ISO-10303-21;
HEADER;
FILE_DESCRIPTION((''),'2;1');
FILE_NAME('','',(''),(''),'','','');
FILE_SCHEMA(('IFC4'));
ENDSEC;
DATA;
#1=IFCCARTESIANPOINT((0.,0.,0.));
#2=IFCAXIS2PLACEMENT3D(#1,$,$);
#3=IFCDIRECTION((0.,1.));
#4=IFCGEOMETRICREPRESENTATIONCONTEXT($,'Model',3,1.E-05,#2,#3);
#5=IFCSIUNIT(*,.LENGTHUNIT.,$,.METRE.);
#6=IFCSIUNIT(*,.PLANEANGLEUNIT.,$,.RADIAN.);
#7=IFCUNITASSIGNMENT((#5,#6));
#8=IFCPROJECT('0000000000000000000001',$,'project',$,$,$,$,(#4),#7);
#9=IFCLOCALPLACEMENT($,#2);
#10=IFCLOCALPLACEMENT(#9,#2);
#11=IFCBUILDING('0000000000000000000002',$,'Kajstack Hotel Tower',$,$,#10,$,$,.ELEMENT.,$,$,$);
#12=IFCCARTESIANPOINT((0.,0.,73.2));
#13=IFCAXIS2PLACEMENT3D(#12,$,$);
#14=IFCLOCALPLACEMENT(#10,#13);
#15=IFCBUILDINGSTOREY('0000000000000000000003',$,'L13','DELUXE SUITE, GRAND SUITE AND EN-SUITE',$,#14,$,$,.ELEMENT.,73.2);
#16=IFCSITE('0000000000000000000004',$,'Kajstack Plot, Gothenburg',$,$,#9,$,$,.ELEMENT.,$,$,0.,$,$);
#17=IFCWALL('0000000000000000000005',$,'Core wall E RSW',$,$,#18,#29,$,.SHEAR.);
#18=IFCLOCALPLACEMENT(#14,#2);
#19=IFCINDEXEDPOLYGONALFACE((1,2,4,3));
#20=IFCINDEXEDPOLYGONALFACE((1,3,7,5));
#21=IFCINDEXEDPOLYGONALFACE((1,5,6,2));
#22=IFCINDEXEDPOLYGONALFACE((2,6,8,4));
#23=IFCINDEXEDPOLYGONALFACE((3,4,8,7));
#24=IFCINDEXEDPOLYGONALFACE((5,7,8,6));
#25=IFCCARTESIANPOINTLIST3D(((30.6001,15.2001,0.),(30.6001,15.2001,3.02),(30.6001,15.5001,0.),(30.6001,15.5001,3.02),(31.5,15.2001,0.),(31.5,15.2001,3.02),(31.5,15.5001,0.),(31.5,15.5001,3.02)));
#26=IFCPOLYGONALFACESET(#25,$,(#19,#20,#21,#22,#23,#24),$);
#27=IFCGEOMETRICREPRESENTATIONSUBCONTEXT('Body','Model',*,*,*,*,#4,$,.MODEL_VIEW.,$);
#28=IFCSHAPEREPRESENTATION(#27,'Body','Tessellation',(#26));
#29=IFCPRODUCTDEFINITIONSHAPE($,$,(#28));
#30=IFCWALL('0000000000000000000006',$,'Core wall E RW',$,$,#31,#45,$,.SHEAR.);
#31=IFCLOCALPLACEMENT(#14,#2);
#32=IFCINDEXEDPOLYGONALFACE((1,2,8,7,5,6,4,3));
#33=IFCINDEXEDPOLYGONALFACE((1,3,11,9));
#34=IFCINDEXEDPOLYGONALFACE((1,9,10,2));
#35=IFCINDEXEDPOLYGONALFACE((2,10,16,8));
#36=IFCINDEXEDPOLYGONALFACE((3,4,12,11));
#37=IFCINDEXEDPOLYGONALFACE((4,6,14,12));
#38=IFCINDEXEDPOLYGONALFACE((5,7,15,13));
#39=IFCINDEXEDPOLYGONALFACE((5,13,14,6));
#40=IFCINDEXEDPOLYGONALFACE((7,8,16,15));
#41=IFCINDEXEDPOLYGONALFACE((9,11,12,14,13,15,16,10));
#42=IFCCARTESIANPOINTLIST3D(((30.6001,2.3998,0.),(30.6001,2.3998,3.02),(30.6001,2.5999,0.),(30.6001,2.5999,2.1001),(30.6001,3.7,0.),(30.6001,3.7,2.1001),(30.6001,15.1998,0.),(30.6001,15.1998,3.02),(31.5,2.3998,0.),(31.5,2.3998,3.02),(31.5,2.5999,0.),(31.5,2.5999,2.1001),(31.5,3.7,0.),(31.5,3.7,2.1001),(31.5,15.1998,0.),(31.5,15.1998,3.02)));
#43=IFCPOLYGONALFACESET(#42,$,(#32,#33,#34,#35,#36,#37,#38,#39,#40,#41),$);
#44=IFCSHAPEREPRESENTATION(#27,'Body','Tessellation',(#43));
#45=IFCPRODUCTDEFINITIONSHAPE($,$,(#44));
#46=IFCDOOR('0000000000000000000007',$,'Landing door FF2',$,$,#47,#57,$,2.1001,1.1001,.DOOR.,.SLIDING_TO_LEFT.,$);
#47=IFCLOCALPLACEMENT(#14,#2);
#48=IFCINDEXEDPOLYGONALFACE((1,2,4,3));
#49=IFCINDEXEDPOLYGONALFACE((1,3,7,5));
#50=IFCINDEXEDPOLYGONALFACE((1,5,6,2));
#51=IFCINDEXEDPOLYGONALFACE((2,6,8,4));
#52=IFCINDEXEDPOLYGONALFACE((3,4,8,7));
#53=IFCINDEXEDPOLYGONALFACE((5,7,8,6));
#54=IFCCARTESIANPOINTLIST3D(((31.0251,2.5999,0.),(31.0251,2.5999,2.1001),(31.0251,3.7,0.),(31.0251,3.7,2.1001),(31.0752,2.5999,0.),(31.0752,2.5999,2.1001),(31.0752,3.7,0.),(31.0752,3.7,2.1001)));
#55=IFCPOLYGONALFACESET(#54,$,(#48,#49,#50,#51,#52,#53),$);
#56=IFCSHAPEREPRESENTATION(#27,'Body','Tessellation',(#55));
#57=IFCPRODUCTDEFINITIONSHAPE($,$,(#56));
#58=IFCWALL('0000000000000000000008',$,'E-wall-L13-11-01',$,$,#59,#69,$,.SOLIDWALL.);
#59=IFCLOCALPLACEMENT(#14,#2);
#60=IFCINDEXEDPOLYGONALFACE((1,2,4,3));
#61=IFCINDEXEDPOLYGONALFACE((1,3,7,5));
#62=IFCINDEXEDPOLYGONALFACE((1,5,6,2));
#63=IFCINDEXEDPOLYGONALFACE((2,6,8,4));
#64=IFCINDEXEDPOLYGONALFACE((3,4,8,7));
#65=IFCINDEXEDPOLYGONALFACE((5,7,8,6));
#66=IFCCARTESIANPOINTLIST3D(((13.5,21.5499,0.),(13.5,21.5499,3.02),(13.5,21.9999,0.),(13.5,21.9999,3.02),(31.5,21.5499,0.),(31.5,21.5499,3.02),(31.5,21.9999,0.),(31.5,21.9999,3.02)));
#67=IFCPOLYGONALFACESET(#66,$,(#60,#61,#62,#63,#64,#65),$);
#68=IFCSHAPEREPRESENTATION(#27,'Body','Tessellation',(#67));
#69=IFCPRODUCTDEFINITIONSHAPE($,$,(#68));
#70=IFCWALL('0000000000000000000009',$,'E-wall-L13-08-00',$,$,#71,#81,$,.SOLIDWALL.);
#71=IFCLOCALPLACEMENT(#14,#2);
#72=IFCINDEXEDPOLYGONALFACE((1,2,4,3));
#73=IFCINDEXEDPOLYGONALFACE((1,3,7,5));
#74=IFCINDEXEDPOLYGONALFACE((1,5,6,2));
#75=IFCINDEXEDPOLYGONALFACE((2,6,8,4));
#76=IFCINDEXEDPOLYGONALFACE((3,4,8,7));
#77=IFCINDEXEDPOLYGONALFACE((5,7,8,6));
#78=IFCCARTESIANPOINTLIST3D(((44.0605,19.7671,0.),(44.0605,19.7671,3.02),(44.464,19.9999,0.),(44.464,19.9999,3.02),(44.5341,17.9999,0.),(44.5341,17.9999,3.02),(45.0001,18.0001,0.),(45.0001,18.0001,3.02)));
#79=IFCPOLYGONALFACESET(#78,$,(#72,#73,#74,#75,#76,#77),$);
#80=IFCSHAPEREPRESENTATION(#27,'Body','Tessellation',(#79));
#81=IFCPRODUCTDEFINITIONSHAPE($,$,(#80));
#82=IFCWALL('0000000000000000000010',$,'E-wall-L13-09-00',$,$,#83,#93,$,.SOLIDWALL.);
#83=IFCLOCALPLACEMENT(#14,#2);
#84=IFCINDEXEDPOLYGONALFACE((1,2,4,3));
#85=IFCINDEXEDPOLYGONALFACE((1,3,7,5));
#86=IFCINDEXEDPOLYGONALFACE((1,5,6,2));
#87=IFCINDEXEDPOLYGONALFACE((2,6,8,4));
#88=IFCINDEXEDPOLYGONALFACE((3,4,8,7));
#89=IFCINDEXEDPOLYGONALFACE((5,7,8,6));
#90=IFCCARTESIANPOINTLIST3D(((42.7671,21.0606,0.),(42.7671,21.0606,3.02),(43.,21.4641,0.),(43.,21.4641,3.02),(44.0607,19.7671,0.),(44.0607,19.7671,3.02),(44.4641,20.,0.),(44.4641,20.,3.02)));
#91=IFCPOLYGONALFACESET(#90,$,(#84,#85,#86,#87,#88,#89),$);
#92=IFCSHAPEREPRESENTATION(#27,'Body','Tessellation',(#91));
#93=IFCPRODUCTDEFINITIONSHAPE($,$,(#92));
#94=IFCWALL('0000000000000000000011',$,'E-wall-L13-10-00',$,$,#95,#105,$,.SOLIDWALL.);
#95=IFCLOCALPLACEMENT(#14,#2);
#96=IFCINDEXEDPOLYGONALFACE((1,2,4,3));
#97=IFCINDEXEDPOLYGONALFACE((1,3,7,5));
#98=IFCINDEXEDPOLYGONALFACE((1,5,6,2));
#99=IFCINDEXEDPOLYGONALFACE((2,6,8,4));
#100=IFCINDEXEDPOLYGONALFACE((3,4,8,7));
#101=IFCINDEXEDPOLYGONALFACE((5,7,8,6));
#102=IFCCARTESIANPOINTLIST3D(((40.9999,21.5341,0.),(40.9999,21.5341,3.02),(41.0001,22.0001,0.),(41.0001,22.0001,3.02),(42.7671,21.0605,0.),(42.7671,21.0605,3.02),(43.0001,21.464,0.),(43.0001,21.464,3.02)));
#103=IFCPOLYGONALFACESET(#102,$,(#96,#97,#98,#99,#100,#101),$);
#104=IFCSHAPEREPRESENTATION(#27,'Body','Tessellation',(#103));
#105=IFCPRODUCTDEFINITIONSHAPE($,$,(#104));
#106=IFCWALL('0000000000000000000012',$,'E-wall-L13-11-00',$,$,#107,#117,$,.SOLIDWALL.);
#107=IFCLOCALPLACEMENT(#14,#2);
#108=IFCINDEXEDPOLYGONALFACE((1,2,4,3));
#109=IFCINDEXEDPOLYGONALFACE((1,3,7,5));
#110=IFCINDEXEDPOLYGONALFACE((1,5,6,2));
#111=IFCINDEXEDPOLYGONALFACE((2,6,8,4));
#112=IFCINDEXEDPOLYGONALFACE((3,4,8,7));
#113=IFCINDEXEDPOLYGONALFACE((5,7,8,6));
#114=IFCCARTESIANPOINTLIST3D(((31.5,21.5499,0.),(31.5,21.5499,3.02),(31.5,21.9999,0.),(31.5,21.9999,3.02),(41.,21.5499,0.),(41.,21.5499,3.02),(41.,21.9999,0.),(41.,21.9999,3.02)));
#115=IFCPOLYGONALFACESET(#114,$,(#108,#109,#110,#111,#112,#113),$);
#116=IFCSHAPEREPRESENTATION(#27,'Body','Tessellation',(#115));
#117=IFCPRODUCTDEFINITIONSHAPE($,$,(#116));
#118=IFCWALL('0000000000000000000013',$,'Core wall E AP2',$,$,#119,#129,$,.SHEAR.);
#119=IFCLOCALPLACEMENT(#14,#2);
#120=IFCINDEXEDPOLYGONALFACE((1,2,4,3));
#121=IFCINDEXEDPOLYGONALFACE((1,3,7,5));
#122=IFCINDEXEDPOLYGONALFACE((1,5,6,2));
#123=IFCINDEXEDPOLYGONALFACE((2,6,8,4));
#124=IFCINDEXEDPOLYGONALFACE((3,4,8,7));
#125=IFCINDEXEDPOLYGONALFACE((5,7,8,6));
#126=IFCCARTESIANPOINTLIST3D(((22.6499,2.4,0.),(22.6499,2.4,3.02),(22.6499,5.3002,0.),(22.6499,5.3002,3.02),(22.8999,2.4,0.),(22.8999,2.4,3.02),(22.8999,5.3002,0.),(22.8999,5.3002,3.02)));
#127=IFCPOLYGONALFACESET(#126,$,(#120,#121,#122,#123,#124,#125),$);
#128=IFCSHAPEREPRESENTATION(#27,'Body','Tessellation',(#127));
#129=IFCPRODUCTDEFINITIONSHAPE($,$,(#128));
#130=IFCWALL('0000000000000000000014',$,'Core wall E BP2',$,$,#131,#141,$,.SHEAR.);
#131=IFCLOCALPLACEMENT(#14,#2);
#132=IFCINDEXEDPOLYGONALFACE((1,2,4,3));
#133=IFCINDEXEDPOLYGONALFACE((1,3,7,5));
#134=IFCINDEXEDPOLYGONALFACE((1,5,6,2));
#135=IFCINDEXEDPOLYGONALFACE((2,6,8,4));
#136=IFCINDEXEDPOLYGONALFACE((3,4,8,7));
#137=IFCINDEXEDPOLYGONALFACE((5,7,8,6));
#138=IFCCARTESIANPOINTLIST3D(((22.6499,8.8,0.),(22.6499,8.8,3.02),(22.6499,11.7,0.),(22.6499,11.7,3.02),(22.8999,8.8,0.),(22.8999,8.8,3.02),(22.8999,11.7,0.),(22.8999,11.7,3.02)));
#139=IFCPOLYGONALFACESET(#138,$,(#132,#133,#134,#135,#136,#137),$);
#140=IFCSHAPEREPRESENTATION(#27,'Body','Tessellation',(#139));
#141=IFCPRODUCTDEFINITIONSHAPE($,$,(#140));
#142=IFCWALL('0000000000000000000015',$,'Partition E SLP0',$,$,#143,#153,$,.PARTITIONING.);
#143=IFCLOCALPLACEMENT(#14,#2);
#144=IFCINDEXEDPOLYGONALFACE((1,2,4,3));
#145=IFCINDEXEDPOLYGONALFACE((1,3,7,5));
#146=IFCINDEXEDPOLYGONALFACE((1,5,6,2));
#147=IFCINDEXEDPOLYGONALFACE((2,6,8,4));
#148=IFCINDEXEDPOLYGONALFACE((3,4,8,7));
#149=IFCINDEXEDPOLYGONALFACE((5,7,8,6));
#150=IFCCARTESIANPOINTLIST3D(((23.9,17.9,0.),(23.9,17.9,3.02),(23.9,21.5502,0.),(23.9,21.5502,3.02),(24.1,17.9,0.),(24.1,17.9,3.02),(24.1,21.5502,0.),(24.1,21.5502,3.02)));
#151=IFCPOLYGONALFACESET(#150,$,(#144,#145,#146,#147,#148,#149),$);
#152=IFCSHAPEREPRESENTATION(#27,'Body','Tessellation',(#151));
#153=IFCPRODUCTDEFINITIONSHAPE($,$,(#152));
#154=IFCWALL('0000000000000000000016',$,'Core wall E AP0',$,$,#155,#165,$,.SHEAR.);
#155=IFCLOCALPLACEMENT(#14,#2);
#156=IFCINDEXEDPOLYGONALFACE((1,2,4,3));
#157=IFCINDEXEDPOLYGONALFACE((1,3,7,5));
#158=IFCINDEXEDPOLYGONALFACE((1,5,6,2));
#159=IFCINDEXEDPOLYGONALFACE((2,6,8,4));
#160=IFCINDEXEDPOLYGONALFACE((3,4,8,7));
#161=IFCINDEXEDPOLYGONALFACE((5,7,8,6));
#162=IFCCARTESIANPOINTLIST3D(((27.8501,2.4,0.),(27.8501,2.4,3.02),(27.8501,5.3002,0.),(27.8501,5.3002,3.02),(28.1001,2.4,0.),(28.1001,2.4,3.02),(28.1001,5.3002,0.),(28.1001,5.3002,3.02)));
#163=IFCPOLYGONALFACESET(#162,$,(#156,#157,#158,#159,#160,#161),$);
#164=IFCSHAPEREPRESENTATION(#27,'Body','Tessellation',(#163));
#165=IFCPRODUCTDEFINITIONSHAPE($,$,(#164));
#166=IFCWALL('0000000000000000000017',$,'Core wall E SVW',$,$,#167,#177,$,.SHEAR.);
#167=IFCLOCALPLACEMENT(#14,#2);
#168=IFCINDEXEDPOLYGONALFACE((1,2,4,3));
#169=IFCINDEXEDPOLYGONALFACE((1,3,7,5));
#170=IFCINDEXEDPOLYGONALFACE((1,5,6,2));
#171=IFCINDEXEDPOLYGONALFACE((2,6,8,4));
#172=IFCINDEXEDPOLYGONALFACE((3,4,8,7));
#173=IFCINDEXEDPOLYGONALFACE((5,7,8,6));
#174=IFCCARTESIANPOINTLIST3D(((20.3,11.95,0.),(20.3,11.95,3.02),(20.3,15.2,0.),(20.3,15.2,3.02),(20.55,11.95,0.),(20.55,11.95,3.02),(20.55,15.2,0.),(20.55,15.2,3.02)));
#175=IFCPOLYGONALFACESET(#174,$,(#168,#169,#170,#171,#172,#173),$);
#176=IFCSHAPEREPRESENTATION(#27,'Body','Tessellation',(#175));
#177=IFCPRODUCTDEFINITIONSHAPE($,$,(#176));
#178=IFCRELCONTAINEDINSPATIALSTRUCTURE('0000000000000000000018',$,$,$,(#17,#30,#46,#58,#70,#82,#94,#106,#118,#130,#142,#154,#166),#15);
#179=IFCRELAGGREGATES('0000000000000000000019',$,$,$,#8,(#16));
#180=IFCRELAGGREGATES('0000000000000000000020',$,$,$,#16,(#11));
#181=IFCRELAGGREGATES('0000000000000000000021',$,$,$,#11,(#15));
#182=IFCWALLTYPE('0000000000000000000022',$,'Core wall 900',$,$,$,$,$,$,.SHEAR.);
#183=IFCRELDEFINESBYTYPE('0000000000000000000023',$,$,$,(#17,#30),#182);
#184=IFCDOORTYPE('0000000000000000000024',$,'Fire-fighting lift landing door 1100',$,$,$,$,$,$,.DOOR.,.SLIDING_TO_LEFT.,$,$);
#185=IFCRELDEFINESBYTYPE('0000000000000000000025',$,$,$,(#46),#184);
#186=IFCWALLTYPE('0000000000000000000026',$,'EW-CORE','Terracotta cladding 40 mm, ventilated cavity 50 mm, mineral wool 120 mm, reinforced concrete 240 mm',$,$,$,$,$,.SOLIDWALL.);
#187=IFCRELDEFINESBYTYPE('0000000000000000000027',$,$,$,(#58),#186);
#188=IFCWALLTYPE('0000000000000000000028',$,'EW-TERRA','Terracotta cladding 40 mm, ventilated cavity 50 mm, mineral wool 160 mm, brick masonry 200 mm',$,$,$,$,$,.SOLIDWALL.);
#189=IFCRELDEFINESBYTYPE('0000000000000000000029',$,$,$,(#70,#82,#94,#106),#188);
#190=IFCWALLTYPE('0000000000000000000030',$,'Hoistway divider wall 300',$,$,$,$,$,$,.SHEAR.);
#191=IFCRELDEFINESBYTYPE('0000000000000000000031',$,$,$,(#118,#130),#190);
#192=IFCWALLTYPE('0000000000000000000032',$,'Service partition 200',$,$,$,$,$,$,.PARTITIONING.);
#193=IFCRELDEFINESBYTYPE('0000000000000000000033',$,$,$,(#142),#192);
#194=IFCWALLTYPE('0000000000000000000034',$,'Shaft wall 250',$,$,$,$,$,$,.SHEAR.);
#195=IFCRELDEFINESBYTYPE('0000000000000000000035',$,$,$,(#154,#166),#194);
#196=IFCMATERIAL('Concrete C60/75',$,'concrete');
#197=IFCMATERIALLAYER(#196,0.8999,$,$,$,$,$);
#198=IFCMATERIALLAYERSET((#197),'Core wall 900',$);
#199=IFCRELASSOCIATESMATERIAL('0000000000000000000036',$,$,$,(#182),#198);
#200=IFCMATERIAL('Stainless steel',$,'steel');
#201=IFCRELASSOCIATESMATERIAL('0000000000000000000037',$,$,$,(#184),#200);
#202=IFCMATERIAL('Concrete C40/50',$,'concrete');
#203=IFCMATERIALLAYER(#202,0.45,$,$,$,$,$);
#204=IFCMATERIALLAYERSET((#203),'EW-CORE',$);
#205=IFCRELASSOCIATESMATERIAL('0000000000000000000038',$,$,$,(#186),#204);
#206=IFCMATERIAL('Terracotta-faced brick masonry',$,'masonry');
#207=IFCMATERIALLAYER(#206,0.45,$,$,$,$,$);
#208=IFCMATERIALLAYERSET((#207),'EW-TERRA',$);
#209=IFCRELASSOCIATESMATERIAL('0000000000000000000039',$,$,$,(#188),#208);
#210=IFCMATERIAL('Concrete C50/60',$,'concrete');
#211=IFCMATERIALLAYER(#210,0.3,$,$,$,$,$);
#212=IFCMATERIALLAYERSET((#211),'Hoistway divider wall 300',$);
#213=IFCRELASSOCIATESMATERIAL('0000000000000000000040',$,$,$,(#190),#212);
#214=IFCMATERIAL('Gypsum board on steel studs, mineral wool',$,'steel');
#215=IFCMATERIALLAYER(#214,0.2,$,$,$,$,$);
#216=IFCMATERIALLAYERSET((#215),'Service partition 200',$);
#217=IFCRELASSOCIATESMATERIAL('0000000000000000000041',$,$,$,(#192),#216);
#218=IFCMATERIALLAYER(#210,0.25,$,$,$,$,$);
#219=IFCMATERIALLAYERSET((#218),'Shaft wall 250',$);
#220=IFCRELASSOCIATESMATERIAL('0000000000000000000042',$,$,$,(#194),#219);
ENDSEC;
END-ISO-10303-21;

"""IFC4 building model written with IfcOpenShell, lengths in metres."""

from ifc_helpers import new_model, si_unit, direction, frame, frame_2d, origin, place, context, subcontext, project, spatial, polyline, rectangle, outline, extrude, material, layer, layer_set, type_object, element, fill, save


model = new_model("IFC4")

# Units and contexts
model_context = context("Model", 3, precision=1e-05, world=origin(), true_north=direction((0.0, 1.0)))
body_context = subcontext(model_context, "Body", "Model", "MODEL_VIEW")
ifc_project = project(units=[si_unit("LENGTHUNIT", "METRE"), si_unit("PLANEANGLEUNIT", "RADIAN")], contexts=[model_context])

# Site, building, storey
site_placement = place(None, origin())
site = spatial("IfcSite", under=ifc_project, at=site_placement, Name="Kajstack Plot, Gothenburg", CompositionType="ELEMENT", RefElevation=0.0)
building_placement = place(site_placement, origin())
building = spatial("IfcBuilding", under=site, at=building_placement, Name="Kajstack Hotel Tower", CompositionType="ELEMENT")
storey_placement = place(building_placement, frame((0.0, 0.0, 73.2)))
storey = spatial("IfcBuildingStorey", under=building, at=storey_placement, Name="L13", Description="DELUXE SUITE, GRAND SUITE AND EN-SUITE", CompositionType="ELEMENT", Elevation=73.2)

# Wall
ifc_material_1 = material(Name="Concrete C60/75", Category="concrete")
ifc_layer_1 = layer(ifc_material_1, 0.8999)
ifc_layer_set_1 = layer_set([ifc_layer_1], Name="Core wall 900")
wall_type_1 = type_object("IfcWallType", Name="Core wall 900", PredefinedType="SHEAR", material=ifc_layer_set_1)
wall_1_placement = place(storey_placement, frame((30.6001, 15.3501, 0.0), z_axis=(0.0, 0.0, 1.0), x_axis=(1.0, 0.0, 0.0)))
element("IfcWall", 1, at=wall_1_placement, inside=storey, type_object=wall_type_1, Name="Core wall E RSW", PredefinedType="SHEAR", context=body_context, shape_type="SweptSolid", body=[
    extrude(rectangle(XDim=0.8999, YDim=0.3, at=frame_2d((0.45, 0.0))), origin(), (0.0, 0.0, 1.0), 3.02),
])

# Wall, opening, door
wall_2_placement = place(storey_placement, frame((31.05, 2.3999, 0.0), z_axis=(0.0, 0.0, 1.0), x_axis=(0.0, 1.0, 0.0)))
wall_2 = element("IfcWall", 2, at=wall_2_placement, inside=storey, type_object=wall_type_1, Name="Core wall E RW", PredefinedType="SHEAR", context=body_context, shape_type="SweptSolid", body=[
    extrude(rectangle(XDim=12.8, YDim=0.8999, at=frame_2d((6.3999, 0.0))), origin(), (0.0, 0.0, 1.0), 3.02),
])
opening_1_placement = place(wall_2_placement, frame((0.2, 0.0, 0.0)))
opening_1 = element("IfcOpeningElement", 3, at=opening_1_placement, cuts=wall_2, PredefinedType="OPENING", context=body_context, shape_type="SweptSolid", body=[
    extrude(rectangle(XDim=1.1001, YDim=2.1001, at=frame_2d((0.55, 1.05))), frame((0.0, 0.46, 0.0), z_axis=(0.0, -1.0, 0.0), x_axis=(1.0, 0.0, 0.0)), (0.0, 0.0, 1.0), 0.9199),
])
ifc_material_2 = material(Name="Stainless steel", Category="steel")
door_type_1 = type_object("IfcDoorType", Name="Fire-fighting lift landing door 1100", OperationType="SLIDING_TO_LEFT", PredefinedType="DOOR", material=ifc_material_2)
door_1_placement = place(opening_1_placement, origin())
door_1 = element("IfcDoor", 4, at=door_1_placement, inside=storey, type_object=door_type_1, Name="Landing door FF2", OperationType="SLIDING_TO_LEFT", OverallHeight=2.1001, OverallWidth=1.1001, PredefinedType="DOOR", context=body_context, shape_type="SweptSolid", body=[
    extrude(rectangle(XDim=1.1001, YDim=2.1001, at=frame_2d((0.55, 1.05))), frame((0.0, 0.0249, 0.0), z_axis=(0.0, -1.0, 0.0), x_axis=(1.0, 0.0, 0.0)), (0.0, 0.0, 1.0), 0.05),
])
fill(opening_1, door_1)

# Walls
ifc_material_3 = material(Name="Concrete C40/50", Category="concrete")
ifc_layer_2 = layer(ifc_material_3, 0.45)
ifc_layer_set_2 = layer_set([ifc_layer_2], Name="EW-CORE")
wall_type_2 = type_object("IfcWallType", Name="EW-CORE", Description="Terracotta cladding 40 mm, ventilated cavity 50 mm, mineral wool 120 mm, reinforced concrete 240 mm", PredefinedType="SOLIDWALL", material=ifc_layer_set_2)
wall_3_placement = place(storey_placement, frame((31.5, 21.7749, 0.0), z_axis=(0.0, 0.0, 1.0), x_axis=(-1.0, 0.0, 0.0)))
element("IfcWall", 5, at=wall_3_placement, inside=storey, type_object=wall_type_2, Name="E-wall-L13-11-01", PredefinedType="SOLIDWALL", context=body_context, shape_type="SweptSolid", body=[
    extrude(rectangle(XDim=18.0, YDim=0.45, at=frame_2d((9.0, 0.0))), origin(), (0.0, 0.0, 1.0), 3.02),
])
ifc_material_4 = material(Name="Terracotta-faced brick masonry", Category="masonry")
ifc_layer_3 = layer(ifc_material_4, 0.45)
ifc_layer_set_3 = layer_set([ifc_layer_3], Name="EW-TERRA")
wall_type_3 = type_object("IfcWallType", Name="EW-TERRA", Description="Terracotta cladding 40 mm, ventilated cavity 50 mm, mineral wool 160 mm, brick masonry 200 mm", PredefinedType="SOLIDWALL", material=ifc_layer_set_3)
wall_4_placement = place(storey_placement, frame((44.7827, 17.9417, 0.0), z_axis=(0.0, 0.0, 1.0), x_axis=(-0.258815, 0.965927, 0.0)))
element("IfcWall", 6, at=wall_4_placement, inside=storey, type_object=wall_type_3, Name="E-wall-L13-08-00", PredefinedType="SOLIDWALL", context=body_context, shape_type="SweptSolid", body=[
    extrude(outline(polyline([(0.0002, -0.2251), (2.0706, -0.2249), (1.9502, 0.2251), (0.1206, 0.2251), (0.0002, -0.2251)])), origin(), (0.0, 0.0, 1.0), 3.02),
])
wall_5_placement = place(storey_placement, frame((44.3049, 19.8408, 0.0), z_axis=(0.0, 0.0, 1.0), x_axis=(-0.707107, 0.707107, 0.0)))
element("IfcWall", 7, at=wall_5_placement, inside=storey, type_object=wall_type_3, Name="E-wall-L13-09-00", PredefinedType="SOLIDWALL", context=body_context, shape_type="SweptSolid", body=[
    extrude(outline(polyline([(0.0, -0.2251), (2.0706, -0.2251), (1.95, 0.2249), (0.1206, 0.2249), (0.0, -0.2251)])), origin(), (0.0, 0.0, 1.0), 3.02),
])
wall_6_placement = place(storey_placement, frame((42.9417, 21.2468, 0.0), z_axis=(0.0, 0.0, 1.0), x_axis=(-0.965927, 0.258815, 0.0)))
element("IfcWall", 8, at=wall_6_placement, inside=storey, type_object=wall_type_3, Name="E-wall-L13-10-00", PredefinedType="SOLIDWALL", context=body_context, shape_type="SweptSolid", body=[
    extrude(outline(polyline([(-0.0002, -0.2249), (2.0703, -0.2251), (1.95, 0.2251), (0.1204, 0.2251), (-0.0002, -0.2249)])), origin(), (0.0, 0.0, 1.0), 3.02),
])
wall_7_placement = place(storey_placement, frame((41.0, 21.7749, 0.0), z_axis=(0.0, 0.0, 1.0), x_axis=(-1.0, 0.0, 0.0)))
element("IfcWall", 9, at=wall_7_placement, inside=storey, type_object=wall_type_3, Name="E-wall-L13-11-00", PredefinedType="SOLIDWALL", context=body_context, shape_type="SweptSolid", body=[
    extrude(rectangle(XDim=9.5, YDim=0.45, at=frame_2d((4.75, 0.0))), origin(), (0.0, 0.0, 1.0), 3.02),
])
ifc_material_5 = material(Name="Concrete C50/60", Category="concrete")
ifc_layer_4 = layer(ifc_material_5, 0.3)
ifc_layer_set_4 = layer_set([ifc_layer_4], Name="Hoistway divider wall 300")
wall_type_4 = type_object("IfcWallType", Name="Hoistway divider wall 300", PredefinedType="SHEAR", material=ifc_layer_set_4)
wall_8_placement = place(storey_placement, frame((22.7749, 2.3999, 0.0), z_axis=(0.0, 0.0, 1.0), x_axis=(0.0, 1.0, 0.0)))
element("IfcWall", 10, at=wall_8_placement, inside=storey, type_object=wall_type_4, Name="Core wall E AP2", PredefinedType="SHEAR", context=body_context, shape_type="SweptSolid", body=[
    extrude(rectangle(XDim=2.9001, YDim=0.25, at=frame_2d((1.4502, 0.0))), origin(), (0.0, 0.0, 1.0), 3.02),
])
wall_9_placement = place(storey_placement, frame((22.7749, 8.8, 0.0), z_axis=(0.0, 0.0, 1.0), x_axis=(0.0, 1.0, 0.0)))
element("IfcWall", 11, at=wall_9_placement, inside=storey, type_object=wall_type_4, Name="Core wall E BP2", PredefinedType="SHEAR", context=body_context, shape_type="SweptSolid", body=[
    extrude(rectangle(XDim=2.8999, YDim=0.25, at=frame_2d((1.45, 0.0))), origin(), (0.0, 0.0, 1.0), 3.02),
])
ifc_material_6 = material(Name="Gypsum board on steel studs, mineral wool", Category="steel")
ifc_layer_5 = layer(ifc_material_6, 0.2)
ifc_layer_set_5 = layer_set([ifc_layer_5], Name="Service partition 200")
wall_type_5 = type_object("IfcWallType", Name="Service partition 200", PredefinedType="PARTITIONING", material=ifc_layer_set_5)
wall_10_placement = place(storey_placement, frame((24.0, 17.8999, 0.0), z_axis=(0.0, 0.0, 1.0), x_axis=(0.0, 1.0, 0.0)))
element("IfcWall", 12, at=wall_10_placement, inside=storey, type_object=wall_type_5, Name="Partition E SLP0", PredefinedType="PARTITIONING", context=body_context, shape_type="SweptSolid", body=[
    extrude(rectangle(XDim=3.6501, YDim=0.2, at=frame_2d((1.8252, 0.0))), origin(), (0.0, 0.0, 1.0), 3.02),
])
ifc_layer_6 = layer(ifc_material_5, 0.25)
ifc_layer_set_6 = layer_set([ifc_layer_6], Name="Shaft wall 250")
wall_type_6 = type_object("IfcWallType", Name="Shaft wall 250", PredefinedType="SHEAR", material=ifc_layer_set_6)
wall_11_placement = place(storey_placement, frame((27.9751, 2.3999, 0.0), z_axis=(0.0, 0.0, 1.0), x_axis=(0.0, 1.0, 0.0)))
element("IfcWall", 13, at=wall_11_placement, inside=storey, type_object=wall_type_6, Name="Core wall E AP0", PredefinedType="SHEAR", context=body_context, shape_type="SweptSolid", body=[
    extrude(rectangle(XDim=2.9001, YDim=0.25, at=frame_2d((1.4502, 0.0))), origin(), (0.0, 0.0, 1.0), 3.02),
])
wall_12_placement = place(storey_placement, frame((20.425, 11.95, 0.0), z_axis=(0.0, 0.0, 1.0), x_axis=(0.0, 1.0, 0.0)))
element("IfcWall", 14, at=wall_12_placement, inside=storey, type_object=wall_type_6, Name="Core wall E SVW", PredefinedType="SHEAR", context=body_context, shape_type="SweptSolid", body=[
    extrude(rectangle(XDim=3.25, YDim=0.25, at=frame_2d((1.625, 0.0))), origin(), (0.0, 0.0, 1.0), 3.02),
])

save(model, "model.ifc")
